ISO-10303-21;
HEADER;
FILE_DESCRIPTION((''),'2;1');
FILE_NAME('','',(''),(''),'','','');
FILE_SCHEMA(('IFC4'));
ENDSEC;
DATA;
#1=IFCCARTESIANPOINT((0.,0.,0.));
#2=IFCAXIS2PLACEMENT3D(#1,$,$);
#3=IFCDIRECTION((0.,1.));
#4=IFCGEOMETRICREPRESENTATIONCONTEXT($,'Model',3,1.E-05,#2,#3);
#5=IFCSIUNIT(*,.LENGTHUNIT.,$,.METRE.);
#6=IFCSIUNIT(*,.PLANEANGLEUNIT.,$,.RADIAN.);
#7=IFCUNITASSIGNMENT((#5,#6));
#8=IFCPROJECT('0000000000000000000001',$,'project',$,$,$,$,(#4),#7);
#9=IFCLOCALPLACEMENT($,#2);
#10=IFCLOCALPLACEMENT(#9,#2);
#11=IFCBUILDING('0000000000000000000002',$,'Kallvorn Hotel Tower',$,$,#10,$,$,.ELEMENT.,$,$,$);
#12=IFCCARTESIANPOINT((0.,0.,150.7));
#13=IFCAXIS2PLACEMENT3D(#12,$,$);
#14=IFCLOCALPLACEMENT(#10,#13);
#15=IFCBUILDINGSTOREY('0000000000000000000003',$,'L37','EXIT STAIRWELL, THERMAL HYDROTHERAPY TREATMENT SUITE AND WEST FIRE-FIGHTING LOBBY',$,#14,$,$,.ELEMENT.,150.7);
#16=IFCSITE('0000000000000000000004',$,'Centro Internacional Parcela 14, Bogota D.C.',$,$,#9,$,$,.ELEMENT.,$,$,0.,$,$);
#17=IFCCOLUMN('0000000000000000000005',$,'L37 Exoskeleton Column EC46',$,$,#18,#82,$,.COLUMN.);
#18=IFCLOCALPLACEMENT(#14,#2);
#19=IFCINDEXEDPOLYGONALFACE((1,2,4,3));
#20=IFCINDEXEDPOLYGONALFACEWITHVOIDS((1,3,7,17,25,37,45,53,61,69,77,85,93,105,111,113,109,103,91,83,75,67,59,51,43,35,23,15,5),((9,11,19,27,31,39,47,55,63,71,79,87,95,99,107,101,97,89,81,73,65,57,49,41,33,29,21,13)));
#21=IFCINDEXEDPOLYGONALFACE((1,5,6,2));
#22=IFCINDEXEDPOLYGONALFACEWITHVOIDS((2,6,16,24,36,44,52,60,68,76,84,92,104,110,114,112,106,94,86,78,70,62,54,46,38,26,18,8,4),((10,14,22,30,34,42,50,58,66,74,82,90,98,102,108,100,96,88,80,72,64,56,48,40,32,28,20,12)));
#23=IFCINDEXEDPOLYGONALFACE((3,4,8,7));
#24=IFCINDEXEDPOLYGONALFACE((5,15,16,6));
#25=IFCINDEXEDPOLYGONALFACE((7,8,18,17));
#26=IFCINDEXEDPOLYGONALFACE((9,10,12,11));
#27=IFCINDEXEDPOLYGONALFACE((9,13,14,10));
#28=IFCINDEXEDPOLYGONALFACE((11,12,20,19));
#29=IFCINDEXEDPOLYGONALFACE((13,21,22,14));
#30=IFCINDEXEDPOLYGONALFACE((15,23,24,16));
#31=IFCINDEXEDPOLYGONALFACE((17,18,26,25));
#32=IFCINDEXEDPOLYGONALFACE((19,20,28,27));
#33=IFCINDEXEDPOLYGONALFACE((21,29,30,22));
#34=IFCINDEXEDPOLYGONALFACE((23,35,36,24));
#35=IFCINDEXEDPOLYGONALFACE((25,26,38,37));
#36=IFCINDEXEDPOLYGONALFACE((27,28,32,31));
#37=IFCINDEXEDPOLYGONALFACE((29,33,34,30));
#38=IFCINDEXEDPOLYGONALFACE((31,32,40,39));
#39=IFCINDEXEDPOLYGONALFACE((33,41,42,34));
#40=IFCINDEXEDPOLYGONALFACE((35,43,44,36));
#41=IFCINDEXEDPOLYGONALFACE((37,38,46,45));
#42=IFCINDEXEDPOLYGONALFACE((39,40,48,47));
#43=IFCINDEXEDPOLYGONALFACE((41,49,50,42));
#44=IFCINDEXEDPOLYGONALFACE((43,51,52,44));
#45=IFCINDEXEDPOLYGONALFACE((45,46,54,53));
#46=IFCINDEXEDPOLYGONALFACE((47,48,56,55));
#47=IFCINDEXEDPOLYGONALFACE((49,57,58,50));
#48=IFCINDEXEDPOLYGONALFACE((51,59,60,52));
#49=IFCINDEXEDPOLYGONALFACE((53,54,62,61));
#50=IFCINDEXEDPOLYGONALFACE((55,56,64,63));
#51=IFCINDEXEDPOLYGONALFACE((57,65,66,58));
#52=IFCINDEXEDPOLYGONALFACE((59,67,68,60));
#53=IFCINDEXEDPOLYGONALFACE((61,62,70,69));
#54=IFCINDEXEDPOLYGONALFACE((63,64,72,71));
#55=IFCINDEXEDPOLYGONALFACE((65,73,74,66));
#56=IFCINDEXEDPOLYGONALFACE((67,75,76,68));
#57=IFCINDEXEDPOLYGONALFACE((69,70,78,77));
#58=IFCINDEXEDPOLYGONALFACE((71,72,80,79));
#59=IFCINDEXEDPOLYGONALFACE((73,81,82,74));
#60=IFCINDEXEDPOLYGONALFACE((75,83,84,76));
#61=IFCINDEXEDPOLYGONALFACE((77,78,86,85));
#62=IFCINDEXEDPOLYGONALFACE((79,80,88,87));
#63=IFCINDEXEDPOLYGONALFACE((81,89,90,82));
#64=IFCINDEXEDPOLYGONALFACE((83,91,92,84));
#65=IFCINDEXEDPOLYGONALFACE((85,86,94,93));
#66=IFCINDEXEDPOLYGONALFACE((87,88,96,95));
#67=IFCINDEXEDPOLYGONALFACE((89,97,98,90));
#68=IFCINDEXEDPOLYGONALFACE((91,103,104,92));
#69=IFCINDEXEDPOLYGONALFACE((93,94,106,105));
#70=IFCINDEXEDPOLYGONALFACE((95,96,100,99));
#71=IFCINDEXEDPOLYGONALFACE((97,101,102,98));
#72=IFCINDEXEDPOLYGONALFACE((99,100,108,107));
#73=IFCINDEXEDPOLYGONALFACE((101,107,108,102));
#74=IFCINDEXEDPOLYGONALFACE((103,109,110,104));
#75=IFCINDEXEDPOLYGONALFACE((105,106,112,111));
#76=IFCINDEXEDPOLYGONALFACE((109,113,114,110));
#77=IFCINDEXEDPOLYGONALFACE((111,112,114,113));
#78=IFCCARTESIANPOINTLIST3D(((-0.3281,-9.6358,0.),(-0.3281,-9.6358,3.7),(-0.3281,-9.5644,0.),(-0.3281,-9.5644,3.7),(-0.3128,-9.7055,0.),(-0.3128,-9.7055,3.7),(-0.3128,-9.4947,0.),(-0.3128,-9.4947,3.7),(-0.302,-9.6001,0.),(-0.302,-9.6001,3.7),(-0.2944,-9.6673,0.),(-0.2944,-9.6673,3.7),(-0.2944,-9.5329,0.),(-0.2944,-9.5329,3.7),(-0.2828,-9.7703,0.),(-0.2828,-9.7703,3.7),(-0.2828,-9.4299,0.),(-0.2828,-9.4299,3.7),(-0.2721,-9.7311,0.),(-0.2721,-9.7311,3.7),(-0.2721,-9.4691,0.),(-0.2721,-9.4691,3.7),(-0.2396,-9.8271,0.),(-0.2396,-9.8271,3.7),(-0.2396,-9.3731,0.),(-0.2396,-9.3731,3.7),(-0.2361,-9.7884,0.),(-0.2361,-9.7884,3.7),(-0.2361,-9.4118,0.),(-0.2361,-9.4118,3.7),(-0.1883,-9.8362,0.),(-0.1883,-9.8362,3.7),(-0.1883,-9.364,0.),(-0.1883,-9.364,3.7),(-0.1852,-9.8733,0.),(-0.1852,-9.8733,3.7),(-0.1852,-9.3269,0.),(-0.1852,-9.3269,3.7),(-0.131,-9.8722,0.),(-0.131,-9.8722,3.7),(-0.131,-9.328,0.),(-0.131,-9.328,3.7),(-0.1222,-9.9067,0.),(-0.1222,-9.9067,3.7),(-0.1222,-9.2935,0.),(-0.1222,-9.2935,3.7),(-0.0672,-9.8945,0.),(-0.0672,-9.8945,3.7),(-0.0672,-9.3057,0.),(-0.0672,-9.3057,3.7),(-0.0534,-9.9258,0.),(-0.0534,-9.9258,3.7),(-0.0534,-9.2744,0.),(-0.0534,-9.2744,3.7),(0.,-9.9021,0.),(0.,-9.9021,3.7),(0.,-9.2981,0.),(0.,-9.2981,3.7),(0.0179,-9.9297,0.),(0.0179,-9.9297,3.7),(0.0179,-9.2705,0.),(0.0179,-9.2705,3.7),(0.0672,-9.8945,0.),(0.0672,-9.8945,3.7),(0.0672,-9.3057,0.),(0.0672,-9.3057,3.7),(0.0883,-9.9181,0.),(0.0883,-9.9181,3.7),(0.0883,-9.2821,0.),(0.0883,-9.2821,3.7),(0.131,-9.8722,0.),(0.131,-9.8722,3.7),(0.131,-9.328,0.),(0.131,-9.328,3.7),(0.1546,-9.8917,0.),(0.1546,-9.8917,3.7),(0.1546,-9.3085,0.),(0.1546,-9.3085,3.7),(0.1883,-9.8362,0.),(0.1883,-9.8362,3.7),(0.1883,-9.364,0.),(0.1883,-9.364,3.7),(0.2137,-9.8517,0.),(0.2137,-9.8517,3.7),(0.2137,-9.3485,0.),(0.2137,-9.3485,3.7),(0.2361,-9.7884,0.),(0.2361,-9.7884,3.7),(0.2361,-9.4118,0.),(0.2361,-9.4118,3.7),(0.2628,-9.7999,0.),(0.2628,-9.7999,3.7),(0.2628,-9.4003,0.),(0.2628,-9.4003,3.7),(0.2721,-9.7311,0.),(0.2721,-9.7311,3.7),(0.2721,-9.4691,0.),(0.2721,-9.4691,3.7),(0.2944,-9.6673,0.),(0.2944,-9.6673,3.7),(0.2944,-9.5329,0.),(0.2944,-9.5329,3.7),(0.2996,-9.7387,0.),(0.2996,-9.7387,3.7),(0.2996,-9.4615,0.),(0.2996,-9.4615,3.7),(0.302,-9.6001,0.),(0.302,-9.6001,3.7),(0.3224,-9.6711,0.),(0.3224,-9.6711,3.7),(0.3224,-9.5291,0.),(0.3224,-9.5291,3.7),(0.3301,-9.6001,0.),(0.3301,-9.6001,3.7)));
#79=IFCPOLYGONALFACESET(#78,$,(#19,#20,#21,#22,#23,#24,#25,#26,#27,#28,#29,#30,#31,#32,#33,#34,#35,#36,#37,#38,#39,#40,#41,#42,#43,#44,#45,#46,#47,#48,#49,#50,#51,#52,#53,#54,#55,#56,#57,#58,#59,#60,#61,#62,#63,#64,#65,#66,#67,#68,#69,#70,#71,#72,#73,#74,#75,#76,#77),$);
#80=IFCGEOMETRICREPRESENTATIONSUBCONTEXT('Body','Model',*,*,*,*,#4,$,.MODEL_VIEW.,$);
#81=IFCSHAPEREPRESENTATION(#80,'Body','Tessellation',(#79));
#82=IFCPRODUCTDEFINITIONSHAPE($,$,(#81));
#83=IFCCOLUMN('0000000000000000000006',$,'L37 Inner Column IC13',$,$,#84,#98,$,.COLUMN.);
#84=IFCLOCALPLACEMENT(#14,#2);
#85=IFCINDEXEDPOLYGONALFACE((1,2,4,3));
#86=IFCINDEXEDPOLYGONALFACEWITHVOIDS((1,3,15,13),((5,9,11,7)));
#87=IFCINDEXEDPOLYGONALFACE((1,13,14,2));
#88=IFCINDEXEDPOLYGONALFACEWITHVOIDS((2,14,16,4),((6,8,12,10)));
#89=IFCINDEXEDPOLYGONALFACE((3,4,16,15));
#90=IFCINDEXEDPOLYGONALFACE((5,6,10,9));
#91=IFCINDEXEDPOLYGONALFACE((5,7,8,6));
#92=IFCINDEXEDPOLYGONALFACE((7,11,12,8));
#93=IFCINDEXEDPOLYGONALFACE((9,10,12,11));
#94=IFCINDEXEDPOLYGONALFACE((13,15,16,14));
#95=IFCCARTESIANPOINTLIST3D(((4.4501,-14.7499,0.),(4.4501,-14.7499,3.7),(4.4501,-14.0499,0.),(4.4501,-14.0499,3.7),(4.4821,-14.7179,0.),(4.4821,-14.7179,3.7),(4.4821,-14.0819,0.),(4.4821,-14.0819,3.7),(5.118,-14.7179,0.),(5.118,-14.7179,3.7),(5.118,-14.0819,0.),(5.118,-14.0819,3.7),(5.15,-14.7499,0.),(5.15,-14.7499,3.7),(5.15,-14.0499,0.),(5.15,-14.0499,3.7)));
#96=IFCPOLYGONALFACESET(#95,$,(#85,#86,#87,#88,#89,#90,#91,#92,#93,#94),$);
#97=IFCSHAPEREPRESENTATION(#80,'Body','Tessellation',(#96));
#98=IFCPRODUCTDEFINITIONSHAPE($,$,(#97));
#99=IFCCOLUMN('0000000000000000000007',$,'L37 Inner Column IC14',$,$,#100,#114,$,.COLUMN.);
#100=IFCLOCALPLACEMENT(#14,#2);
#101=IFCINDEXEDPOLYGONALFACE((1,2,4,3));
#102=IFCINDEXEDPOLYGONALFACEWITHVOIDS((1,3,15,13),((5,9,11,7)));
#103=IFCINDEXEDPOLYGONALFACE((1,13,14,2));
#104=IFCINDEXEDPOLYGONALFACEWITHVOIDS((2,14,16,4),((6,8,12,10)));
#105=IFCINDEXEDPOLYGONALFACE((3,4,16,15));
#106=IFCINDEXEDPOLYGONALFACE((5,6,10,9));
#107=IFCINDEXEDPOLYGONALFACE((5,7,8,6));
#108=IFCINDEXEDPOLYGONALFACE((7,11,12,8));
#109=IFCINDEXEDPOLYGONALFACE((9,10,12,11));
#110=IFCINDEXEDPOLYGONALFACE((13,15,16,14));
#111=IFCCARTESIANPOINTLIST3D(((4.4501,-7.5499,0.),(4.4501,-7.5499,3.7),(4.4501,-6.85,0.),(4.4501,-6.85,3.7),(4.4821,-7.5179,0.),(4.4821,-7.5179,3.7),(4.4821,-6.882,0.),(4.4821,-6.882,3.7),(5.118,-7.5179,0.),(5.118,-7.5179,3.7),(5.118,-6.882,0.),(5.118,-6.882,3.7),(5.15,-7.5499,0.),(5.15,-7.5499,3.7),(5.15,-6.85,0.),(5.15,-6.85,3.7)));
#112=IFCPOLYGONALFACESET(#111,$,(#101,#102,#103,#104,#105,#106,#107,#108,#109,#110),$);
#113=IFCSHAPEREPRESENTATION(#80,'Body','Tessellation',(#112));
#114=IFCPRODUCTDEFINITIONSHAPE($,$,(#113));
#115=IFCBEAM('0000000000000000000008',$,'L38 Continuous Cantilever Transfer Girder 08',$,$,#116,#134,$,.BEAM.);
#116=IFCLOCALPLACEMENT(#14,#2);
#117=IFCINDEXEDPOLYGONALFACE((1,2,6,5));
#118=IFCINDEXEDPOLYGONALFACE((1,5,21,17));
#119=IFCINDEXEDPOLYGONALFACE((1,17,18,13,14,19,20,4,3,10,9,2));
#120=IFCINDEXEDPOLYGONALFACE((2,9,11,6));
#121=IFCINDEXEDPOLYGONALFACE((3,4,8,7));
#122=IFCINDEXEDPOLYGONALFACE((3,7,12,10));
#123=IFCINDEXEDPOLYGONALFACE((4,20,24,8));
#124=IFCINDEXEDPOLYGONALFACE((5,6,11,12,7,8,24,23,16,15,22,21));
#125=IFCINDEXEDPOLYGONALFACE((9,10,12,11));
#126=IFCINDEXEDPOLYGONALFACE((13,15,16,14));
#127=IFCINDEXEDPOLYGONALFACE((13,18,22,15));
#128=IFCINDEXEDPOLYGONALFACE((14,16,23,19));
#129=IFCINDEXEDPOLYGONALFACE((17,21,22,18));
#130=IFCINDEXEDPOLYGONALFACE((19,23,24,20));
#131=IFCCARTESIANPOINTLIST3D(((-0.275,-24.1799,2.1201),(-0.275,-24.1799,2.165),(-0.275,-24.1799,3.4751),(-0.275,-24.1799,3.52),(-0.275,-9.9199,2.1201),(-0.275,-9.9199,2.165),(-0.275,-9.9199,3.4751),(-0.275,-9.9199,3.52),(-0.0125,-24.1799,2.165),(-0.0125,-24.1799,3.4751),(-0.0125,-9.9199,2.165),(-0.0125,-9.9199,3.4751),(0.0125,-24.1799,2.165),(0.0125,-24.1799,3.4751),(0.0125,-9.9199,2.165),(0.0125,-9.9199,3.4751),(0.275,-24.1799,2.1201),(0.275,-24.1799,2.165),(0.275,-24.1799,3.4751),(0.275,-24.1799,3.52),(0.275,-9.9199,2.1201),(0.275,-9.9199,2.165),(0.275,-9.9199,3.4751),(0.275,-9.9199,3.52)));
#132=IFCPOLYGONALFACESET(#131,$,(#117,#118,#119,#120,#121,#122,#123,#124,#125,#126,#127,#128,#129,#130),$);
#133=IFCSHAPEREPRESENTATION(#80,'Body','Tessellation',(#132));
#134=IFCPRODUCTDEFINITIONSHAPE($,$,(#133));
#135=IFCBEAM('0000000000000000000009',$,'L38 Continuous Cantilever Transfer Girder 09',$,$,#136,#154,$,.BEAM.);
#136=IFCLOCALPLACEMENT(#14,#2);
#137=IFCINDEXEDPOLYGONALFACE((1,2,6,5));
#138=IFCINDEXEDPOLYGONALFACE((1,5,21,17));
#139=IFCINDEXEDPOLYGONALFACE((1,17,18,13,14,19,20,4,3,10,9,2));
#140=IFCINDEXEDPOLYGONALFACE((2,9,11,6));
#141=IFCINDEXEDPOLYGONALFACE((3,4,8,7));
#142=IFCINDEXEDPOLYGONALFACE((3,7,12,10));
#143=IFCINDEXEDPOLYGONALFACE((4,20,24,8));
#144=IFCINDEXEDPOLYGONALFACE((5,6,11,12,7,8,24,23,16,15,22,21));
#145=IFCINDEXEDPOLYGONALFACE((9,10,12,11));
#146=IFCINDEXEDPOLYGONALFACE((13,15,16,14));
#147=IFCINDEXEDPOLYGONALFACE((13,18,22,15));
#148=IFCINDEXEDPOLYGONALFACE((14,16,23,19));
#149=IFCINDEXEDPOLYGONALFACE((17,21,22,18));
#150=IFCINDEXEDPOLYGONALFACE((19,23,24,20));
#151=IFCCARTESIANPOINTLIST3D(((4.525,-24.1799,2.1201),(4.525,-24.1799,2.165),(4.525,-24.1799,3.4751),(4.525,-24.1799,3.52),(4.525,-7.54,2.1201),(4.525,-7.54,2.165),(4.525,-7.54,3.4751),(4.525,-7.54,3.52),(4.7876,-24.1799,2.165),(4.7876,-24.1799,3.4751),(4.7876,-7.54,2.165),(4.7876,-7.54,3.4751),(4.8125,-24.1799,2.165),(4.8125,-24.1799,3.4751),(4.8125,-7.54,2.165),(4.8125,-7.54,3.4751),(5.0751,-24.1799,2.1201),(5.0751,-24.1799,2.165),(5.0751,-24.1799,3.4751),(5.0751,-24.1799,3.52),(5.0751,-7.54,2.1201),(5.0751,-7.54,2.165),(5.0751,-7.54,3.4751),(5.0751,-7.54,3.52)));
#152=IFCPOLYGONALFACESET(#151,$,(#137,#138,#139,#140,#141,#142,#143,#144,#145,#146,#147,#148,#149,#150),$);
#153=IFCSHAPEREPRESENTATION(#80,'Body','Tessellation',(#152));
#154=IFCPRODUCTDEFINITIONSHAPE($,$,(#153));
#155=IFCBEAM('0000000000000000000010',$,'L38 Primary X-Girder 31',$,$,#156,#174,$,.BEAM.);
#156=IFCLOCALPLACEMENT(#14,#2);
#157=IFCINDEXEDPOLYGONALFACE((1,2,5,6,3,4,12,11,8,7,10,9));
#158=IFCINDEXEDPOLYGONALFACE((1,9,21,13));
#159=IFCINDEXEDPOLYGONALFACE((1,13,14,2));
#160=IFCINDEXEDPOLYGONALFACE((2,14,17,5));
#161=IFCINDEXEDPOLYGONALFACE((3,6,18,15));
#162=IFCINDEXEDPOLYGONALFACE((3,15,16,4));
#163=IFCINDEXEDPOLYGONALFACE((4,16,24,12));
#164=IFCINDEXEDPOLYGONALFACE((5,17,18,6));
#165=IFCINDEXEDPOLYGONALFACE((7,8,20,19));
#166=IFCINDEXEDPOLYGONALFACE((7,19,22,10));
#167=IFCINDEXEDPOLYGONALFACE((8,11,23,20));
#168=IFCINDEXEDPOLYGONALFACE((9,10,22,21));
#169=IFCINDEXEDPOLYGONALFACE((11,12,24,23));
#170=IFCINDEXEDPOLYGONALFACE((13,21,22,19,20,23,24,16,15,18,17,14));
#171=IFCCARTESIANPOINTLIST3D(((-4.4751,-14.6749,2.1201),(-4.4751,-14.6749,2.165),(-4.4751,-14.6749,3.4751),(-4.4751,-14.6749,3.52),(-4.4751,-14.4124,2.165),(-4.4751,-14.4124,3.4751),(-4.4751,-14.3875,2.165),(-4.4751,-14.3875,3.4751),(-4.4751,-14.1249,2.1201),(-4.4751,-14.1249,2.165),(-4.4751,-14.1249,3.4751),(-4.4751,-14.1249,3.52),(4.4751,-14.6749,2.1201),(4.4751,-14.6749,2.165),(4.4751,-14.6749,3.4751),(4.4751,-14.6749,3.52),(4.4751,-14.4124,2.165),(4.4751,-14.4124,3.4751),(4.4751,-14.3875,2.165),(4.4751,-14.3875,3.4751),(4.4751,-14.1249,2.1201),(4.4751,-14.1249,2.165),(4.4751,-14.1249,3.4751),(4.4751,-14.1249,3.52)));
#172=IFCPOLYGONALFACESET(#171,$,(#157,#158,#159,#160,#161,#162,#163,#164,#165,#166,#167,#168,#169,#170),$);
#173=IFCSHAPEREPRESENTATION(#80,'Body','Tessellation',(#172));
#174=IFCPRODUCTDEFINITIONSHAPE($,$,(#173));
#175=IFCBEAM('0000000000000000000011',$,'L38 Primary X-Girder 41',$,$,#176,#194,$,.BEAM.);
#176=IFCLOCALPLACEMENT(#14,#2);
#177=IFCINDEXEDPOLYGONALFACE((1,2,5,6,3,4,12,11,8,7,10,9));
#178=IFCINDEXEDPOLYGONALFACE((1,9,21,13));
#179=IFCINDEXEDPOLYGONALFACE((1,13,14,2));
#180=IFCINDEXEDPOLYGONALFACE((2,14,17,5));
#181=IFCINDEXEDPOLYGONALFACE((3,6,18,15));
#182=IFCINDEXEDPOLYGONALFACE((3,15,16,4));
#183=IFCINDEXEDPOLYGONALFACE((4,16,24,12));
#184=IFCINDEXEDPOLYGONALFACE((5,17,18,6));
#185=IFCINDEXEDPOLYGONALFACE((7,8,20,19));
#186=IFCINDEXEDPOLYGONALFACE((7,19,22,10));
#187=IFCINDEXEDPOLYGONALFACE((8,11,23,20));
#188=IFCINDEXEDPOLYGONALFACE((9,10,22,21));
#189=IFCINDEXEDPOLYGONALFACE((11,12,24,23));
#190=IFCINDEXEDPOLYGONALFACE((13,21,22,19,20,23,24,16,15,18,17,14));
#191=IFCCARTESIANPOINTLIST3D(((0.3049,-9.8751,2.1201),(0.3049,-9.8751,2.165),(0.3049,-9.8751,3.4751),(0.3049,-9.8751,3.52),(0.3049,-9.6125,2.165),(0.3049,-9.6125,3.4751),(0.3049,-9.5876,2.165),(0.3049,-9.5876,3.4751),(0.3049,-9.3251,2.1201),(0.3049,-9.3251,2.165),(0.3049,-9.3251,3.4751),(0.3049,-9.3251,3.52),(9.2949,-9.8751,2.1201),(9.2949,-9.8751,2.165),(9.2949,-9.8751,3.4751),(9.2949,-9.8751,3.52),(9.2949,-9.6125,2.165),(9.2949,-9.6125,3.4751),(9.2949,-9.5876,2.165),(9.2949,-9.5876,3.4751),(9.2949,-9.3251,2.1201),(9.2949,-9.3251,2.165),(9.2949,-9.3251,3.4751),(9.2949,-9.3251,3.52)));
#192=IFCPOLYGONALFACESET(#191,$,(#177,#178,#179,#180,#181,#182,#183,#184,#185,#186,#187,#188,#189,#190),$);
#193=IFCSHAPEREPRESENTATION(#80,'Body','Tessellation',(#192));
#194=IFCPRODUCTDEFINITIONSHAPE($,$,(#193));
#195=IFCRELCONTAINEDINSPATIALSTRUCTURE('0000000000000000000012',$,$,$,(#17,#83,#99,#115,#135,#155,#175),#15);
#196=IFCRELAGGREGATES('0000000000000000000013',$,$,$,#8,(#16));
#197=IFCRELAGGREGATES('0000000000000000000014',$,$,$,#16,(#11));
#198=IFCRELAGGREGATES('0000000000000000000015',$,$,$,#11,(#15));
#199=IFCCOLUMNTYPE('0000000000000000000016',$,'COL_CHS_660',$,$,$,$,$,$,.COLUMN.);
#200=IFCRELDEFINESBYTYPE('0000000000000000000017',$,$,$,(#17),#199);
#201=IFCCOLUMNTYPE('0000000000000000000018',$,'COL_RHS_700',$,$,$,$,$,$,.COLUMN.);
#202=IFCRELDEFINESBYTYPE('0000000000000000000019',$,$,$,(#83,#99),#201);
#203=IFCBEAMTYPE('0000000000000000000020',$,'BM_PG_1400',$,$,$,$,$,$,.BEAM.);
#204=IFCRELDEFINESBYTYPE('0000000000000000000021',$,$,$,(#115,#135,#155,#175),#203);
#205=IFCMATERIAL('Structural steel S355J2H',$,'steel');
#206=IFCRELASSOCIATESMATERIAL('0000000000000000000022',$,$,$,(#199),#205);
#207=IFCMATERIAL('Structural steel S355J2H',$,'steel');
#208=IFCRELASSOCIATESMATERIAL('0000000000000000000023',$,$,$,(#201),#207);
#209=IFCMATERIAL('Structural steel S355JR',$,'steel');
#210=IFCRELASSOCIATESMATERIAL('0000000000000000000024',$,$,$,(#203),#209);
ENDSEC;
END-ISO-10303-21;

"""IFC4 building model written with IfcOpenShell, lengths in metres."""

from ifc_helpers import new_model, si_unit, direction, frame, origin, origin_2d, place, context, subcontext, project, spatial, hollow_rectangle, hollow_circle, i_section, extrude, material, material_profile, profile_set, type_object, element, save


model = new_model("IFC4")

# Units and contexts
model_context = context("Model", 3, precision=1e-05, world=origin(), true_north=direction((0.0, 1.0)))
body_context = subcontext(model_context, "Body", "Model", "MODEL_VIEW")
ifc_project = project(units=[si_unit("LENGTHUNIT", "METRE"), si_unit("PLANEANGLEUNIT", "RADIAN")], contexts=[model_context])

# Site, building, storey
site_placement = place(None, origin())
site = spatial("IfcSite", under=ifc_project, at=site_placement, Name="Centro Internacional Parcela 14, Bogota D.C.", CompositionType="ELEMENT", RefElevation=0.0)
building_placement = place(site_placement, origin())
building = spatial("IfcBuilding", under=site, at=building_placement, Name="Kallvorn Hotel Tower", CompositionType="ELEMENT")
storey_placement = place(building_placement, frame((0.0, 0.0, 150.7)))
storey = spatial("IfcBuildingStorey", under=building, at=storey_placement, Name="L37", Description="EXIT STAIRWELL, THERMAL HYDROTHERAPY TREATMENT SUITE AND WEST FIRE-FIGHTING LOBBY", CompositionType="ELEMENT", Elevation=150.7)

# Columns
ifc_material_1 = material(Name="Structural steel S355J2H", Category="steel")
ifc_material_profile_1 = material_profile(ifc_material_1, hollow_circle(Radius=0.3301, WallThickness=0.0281, at=origin_2d()), Name="CHS 660x28")
ifc_profile_set_1 = profile_set([ifc_material_profile_1], Name="Structural steel S355J2H")
column_type_1 = type_object("IfcColumnType", Name="COL_CHS_660", PredefinedType="COLUMN", material=ifc_profile_set_1)
column_placement = place(storey_placement, frame((0.0, -9.6001, 0.0), z_axis=(0.0, 0.0, 1.0), x_axis=(1.0, 0.0, 0.0)))
element("IfcColumn", 1, at=column_placement, inside=storey, type_object=column_type_1, Name="L37 Exoskeleton Column EC46", PredefinedType="COLUMN", context=body_context, shape_type="SweptSolid", body=[
    extrude(hollow_circle(Radius=0.3301, WallThickness=0.0281, at=origin_2d()), origin(), (0.0, 0.0, 1.0), 3.7),
])
ifc_material_2 = material(Name="Structural steel S355J2H", Category="steel")
ifc_material_profile_2 = material_profile(ifc_material_2, hollow_rectangle(XDim=0.7, YDim=0.7, WallThickness=0.032, at=origin_2d()), Name="RHS 700x700x32")
ifc_profile_set_2 = profile_set([ifc_material_profile_2], Name="Structural steel S355J2H")
column_type_2 = type_object("IfcColumnType", Name="COL_RHS_700", PredefinedType="COLUMN", material=ifc_profile_set_2)
for number, where, z_axis, x_axis, name in (
    (2, (4.8, -14.3999, 0.0), (0.0, 0.0, 1.0), (1.0, 0.0, 0.0), "L37 Inner Column IC13"),
    (3, (4.8, -7.2, 0.0), (0.0, 0.0, 1.0), (1.0, 0.0, 0.0), "L37 Inner Column IC14"),
):
    element("IfcColumn", number, at=place(storey_placement, frame(where, z_axis=z_axis, x_axis=x_axis)), inside=storey, type_object=column_type_2, Name=name, PredefinedType="COLUMN", context=body_context, shape_type="SweptSolid", body=[
        extrude(hollow_rectangle(XDim=0.7, YDim=0.7, WallThickness=0.032, at=origin_2d()), origin(), (0.0, 0.0, 1.0), 3.7),
    ])

# Beams
ifc_material_3 = material(Name="Structural steel S355JR", Category="steel")
ifc_material_profile_3 = material_profile(ifc_material_3, i_section(OverallWidth=0.55, OverallDepth=1.3999, WebThickness=0.0249, FlangeThickness=0.0449, at=origin_2d()), Name="PG 1400x550x25x45")
ifc_profile_set_3 = profile_set([ifc_material_profile_3], Name="Structural steel S355JR")
beam_type_1 = type_object("IfcBeamType", Name="BM_PG_1400", PredefinedType="BEAM", material=ifc_profile_set_3)
beam_1_placement = place(storey_placement, frame((0.0, -9.9199, 2.8201), z_axis=(0.0, -1.0, 0.0), x_axis=(1.0, 0.0, 0.0)))
element("IfcBeam", 4, at=beam_1_placement, inside=storey, type_object=beam_type_1, Name="L38 Continuous Cantilever Transfer Girder 08", PredefinedType="BEAM", context=body_context, shape_type="SweptSolid", body=[
    extrude(i_section(OverallWidth=0.55, OverallDepth=1.3999, WebThickness=0.0249, FlangeThickness=0.0449, at=origin_2d()), origin(), (0.0, 0.0, 1.0), 14.26),
])
beam_2_placement = place(storey_placement, frame((4.8, -7.54, 2.8201), z_axis=(0.0, -1.0, 0.0), x_axis=(1.0, 0.0, 0.0)))
element("IfcBeam", 5, at=beam_2_placement, inside=storey, type_object=beam_type_1, Name="L38 Continuous Cantilever Transfer Girder 09", PredefinedType="BEAM", context=body_context, shape_type="SweptSolid", body=[
    extrude(i_section(OverallWidth=0.55, OverallDepth=1.3999, WebThickness=0.0249, FlangeThickness=0.0449, at=origin_2d()), origin(), (0.0, 0.0, 1.0), 16.6399),
])
beam_3_placement = place(storey_placement, frame((-4.4751, -14.3999, 2.8201), z_axis=(1.0, 0.0, 0.0), x_axis=(0.0, 1.0, 0.0)))
element("IfcBeam", 6, at=beam_3_placement, inside=storey, type_object=beam_type_1, Name="L38 Primary X-Girder 31", PredefinedType="BEAM", context=body_context, shape_type="SweptSolid", body=[
    extrude(i_section(OverallWidth=0.55, OverallDepth=1.3999, WebThickness=0.0249, FlangeThickness=0.0449, at=origin_2d()), origin(), (0.0, 0.0, 1.0), 8.9502),
])
beam_4_placement = place(storey_placement, frame((0.3049, -9.6001, 2.8201), z_axis=(1.0, 0.0, 0.0), x_axis=(0.0, 1.0, 0.0)))
element("IfcBeam", 7, at=beam_4_placement, inside=storey, type_object=beam_type_1, Name="L38 Primary X-Girder 41", PredefinedType="BEAM", context=body_context, shape_type="SweptSolid", body=[
    extrude(i_section(OverallWidth=0.55, OverallDepth=1.3999, WebThickness=0.0249, FlangeThickness=0.0449, at=origin_2d()), origin(), (0.0, 0.0, 1.0), 8.99),
])

save(model, "model.ifc")
